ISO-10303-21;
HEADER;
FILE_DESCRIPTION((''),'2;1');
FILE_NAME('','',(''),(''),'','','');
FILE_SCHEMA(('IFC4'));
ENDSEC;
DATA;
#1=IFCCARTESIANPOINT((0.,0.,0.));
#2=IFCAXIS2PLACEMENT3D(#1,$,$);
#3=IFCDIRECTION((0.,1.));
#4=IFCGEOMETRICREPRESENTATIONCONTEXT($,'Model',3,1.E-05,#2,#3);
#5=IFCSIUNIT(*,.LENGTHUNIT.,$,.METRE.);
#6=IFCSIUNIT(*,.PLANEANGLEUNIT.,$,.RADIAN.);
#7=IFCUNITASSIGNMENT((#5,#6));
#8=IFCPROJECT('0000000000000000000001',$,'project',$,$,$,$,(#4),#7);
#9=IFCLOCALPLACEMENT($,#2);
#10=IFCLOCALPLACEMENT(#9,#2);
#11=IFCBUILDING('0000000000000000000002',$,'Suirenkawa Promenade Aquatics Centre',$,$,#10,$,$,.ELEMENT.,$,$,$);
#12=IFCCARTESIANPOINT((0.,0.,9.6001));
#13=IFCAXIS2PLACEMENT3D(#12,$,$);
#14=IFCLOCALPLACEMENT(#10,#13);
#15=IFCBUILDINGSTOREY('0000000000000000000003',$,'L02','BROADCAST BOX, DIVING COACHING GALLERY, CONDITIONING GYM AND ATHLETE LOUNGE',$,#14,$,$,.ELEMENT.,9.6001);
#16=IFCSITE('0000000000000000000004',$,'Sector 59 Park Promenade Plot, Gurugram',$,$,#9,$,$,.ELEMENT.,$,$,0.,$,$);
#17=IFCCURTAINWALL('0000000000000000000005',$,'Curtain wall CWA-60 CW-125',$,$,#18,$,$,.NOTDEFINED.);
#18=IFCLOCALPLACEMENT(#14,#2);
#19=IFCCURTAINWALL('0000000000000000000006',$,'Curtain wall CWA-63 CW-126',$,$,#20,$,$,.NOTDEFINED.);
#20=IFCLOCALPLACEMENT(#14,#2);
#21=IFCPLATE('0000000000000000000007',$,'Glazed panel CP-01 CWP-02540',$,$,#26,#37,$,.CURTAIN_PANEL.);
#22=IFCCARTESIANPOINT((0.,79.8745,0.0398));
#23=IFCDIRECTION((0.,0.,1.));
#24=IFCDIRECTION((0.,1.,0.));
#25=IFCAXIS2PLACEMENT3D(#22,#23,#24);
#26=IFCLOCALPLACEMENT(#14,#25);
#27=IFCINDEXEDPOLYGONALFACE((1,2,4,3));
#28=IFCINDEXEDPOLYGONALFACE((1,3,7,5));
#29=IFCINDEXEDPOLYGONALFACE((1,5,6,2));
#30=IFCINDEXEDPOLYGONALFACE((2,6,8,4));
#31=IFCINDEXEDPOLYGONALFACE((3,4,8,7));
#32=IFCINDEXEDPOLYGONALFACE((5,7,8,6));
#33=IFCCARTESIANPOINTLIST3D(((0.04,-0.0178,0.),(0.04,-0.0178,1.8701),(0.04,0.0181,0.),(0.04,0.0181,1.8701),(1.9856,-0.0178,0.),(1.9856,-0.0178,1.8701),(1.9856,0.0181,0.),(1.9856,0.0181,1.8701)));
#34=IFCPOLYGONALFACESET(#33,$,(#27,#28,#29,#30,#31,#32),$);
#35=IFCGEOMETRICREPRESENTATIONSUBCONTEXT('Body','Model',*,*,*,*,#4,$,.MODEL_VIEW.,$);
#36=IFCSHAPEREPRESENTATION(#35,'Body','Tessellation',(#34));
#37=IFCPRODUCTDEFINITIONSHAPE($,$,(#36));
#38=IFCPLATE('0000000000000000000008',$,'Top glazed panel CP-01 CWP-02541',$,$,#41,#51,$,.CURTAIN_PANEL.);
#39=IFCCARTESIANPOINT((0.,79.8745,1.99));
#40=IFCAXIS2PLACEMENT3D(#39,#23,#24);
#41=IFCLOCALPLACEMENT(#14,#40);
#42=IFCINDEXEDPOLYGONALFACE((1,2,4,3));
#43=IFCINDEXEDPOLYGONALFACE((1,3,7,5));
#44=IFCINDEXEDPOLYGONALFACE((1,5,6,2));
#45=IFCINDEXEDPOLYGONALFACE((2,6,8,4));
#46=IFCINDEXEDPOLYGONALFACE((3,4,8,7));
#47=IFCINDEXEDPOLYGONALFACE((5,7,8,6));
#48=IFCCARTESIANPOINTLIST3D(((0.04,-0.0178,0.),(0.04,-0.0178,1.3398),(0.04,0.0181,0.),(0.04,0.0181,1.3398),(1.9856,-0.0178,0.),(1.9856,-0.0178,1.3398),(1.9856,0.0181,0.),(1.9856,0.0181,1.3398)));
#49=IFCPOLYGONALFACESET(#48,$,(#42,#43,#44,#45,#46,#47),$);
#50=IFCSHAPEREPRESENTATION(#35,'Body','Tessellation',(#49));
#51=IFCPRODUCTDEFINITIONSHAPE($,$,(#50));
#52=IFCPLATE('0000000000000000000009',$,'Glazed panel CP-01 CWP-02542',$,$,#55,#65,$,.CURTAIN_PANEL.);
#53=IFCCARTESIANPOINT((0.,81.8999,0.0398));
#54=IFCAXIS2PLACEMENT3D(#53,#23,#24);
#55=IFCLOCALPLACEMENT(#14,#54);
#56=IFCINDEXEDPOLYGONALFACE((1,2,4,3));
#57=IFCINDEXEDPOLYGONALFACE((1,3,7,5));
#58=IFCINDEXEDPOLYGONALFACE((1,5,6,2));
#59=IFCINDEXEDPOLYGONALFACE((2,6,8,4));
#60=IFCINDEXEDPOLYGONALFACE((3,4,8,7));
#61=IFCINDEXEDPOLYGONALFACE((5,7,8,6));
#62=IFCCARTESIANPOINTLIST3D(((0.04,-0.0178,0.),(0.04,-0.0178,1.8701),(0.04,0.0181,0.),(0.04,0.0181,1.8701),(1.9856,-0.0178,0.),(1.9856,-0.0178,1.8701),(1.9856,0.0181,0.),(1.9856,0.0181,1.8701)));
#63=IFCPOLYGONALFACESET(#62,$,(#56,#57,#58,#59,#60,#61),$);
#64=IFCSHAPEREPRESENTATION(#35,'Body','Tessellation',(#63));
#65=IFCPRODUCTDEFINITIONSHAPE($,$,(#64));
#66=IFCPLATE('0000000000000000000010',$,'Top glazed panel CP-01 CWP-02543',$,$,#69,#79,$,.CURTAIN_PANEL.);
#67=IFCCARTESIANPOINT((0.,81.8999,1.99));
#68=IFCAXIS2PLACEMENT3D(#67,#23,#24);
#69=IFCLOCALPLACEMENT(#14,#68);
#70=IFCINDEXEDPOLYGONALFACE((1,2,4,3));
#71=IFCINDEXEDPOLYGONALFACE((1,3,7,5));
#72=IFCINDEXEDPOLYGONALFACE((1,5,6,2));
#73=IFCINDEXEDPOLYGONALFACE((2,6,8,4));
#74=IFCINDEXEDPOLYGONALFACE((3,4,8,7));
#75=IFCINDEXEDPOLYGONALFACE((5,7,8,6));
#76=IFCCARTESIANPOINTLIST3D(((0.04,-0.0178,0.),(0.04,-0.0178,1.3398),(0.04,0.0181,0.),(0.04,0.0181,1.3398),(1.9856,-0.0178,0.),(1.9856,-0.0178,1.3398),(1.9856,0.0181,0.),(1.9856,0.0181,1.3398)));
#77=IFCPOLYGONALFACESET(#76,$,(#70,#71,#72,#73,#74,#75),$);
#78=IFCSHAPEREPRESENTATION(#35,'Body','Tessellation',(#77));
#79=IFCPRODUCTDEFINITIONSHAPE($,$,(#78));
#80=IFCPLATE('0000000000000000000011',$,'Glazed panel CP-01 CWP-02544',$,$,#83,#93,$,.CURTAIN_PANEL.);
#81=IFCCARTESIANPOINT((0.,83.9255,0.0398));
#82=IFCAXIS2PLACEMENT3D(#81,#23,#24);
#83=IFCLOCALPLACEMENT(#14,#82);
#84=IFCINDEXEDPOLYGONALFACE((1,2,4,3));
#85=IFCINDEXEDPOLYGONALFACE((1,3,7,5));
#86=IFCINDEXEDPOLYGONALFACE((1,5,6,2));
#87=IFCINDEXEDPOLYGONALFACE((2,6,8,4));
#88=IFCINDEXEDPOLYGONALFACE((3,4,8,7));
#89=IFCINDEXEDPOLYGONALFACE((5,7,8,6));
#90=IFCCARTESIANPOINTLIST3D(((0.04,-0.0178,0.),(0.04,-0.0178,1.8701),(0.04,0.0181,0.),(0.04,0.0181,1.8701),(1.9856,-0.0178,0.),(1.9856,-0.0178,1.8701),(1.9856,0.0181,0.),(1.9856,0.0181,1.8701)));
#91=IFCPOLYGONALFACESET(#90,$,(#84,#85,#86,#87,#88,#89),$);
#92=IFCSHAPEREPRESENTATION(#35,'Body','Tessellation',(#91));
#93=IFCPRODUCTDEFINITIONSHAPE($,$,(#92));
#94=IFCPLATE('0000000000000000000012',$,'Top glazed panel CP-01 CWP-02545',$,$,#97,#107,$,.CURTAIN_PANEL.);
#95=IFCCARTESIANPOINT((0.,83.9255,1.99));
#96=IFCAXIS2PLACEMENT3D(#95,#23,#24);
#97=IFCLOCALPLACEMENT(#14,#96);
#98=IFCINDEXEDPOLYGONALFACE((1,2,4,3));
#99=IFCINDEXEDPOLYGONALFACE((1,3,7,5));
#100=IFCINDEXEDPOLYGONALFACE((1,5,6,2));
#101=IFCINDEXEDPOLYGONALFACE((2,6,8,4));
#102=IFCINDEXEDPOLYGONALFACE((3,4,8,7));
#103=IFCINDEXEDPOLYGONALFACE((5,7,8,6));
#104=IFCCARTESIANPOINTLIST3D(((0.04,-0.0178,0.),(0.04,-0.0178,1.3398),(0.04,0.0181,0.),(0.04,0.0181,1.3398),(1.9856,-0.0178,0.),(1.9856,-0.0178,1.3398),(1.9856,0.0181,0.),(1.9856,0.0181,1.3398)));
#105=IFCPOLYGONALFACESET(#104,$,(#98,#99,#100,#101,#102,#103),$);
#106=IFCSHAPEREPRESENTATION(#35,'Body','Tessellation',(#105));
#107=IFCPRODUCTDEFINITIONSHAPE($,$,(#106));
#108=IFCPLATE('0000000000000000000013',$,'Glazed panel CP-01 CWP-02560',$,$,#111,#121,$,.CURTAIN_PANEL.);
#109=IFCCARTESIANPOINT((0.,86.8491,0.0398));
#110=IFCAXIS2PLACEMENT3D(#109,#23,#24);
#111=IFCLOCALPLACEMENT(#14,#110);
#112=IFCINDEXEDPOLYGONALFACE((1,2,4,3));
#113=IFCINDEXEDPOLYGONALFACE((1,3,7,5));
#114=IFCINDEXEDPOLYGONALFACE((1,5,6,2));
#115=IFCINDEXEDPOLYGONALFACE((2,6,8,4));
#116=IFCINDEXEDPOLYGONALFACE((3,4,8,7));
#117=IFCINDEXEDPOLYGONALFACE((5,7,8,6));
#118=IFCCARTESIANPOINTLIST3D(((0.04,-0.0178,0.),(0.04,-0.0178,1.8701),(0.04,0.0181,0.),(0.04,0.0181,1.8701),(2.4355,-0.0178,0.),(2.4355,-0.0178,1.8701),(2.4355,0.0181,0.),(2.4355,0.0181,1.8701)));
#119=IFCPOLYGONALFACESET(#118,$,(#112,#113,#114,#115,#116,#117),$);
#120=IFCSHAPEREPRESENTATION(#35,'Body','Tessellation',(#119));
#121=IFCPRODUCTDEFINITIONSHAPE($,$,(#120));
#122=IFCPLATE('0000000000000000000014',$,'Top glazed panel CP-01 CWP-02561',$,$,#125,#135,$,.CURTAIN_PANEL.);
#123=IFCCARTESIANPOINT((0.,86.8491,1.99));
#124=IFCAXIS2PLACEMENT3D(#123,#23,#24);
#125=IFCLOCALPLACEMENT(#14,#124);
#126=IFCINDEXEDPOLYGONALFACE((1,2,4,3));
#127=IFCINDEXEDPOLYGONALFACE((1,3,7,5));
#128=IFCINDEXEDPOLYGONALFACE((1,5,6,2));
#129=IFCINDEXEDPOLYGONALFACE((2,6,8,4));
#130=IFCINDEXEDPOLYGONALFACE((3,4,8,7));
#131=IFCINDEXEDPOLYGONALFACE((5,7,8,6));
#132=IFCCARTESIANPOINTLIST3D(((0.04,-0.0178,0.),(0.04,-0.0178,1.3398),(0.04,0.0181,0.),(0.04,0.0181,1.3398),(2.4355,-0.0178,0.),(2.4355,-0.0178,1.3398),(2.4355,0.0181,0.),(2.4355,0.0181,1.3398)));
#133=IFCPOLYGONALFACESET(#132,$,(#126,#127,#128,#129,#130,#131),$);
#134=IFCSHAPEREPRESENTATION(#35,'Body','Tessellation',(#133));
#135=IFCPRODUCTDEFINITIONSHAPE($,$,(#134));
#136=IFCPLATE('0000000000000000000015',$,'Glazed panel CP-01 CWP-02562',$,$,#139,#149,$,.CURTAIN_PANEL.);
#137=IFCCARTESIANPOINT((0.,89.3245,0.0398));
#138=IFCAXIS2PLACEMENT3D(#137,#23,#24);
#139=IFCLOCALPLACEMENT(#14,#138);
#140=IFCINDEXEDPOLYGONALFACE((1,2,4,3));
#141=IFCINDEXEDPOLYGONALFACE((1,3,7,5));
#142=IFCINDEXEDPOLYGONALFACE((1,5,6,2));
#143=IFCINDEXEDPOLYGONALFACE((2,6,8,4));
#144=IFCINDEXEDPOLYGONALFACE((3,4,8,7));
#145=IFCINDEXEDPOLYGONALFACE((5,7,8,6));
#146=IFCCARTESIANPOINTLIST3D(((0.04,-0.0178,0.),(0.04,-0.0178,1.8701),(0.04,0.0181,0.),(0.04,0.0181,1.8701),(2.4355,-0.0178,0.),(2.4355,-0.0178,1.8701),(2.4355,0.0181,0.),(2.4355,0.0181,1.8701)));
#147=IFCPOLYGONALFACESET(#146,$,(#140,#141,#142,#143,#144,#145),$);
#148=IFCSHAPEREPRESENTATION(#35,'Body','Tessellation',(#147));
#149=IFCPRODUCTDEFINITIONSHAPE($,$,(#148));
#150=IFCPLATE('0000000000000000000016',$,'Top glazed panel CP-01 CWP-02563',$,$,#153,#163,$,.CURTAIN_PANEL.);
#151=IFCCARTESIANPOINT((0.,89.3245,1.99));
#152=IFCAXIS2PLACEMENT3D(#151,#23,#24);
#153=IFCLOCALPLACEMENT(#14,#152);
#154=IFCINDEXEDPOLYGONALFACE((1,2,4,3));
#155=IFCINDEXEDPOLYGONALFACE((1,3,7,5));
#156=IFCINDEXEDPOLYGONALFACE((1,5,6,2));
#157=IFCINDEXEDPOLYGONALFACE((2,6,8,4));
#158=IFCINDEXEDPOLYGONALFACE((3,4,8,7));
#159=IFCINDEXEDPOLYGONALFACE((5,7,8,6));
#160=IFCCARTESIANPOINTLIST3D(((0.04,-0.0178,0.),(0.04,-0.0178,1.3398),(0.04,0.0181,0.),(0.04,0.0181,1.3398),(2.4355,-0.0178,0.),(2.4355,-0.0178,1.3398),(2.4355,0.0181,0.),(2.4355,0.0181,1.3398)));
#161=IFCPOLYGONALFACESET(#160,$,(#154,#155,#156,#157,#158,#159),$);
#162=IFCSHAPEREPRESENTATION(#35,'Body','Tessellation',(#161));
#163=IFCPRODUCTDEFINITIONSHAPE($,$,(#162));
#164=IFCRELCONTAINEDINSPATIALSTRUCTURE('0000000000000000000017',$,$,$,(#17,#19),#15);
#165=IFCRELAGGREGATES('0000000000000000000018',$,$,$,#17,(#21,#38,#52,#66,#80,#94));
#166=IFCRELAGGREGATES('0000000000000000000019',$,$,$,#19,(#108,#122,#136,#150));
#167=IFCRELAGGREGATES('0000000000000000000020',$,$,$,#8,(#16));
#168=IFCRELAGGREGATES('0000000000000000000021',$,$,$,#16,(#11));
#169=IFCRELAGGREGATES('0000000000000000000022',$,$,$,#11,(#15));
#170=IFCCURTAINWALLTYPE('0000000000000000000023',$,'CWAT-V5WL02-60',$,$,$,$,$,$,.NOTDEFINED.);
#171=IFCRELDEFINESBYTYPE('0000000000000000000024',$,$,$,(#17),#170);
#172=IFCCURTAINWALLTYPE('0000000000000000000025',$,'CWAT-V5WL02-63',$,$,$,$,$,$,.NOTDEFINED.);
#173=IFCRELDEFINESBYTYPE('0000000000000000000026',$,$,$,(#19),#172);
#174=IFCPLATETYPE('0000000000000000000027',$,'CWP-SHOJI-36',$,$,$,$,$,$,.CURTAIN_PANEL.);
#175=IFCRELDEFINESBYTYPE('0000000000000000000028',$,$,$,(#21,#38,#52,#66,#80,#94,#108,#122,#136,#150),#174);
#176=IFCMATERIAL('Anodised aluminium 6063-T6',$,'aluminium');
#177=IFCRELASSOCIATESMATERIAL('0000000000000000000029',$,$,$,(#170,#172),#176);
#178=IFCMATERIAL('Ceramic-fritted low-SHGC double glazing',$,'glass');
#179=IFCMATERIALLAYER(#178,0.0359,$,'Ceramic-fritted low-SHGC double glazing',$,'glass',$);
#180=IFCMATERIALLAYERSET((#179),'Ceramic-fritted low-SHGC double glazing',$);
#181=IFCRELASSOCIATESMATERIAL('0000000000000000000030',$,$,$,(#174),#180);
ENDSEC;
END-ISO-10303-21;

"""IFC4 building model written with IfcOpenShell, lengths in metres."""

from ifc_helpers import new_model, si_unit, direction, frame, origin, place, context, subcontext, project, spatial, polyline, outline, extrude, material, layer, layer_set, type_object, element, aggregate, save


model = new_model("IFC4")

# Units and contexts
model_context = context("Model", 3, precision=1e-05, world=origin(), true_north=direction((0.0, 1.0)))
body_context = subcontext(model_context, "Body", "Model", "MODEL_VIEW")
ifc_project = project(units=[si_unit("LENGTHUNIT", "METRE"), si_unit("PLANEANGLEUNIT", "RADIAN")], contexts=[model_context])

# Site, building, storey
site_placement = place(None, origin())
site = spatial("IfcSite", under=ifc_project, at=site_placement, Name="Sector 59 Park Promenade Plot, Gurugram", CompositionType="ELEMENT", RefElevation=0.0)
building_placement = place(site_placement, origin())
building = spatial("IfcBuilding", under=site, at=building_placement, Name="Suirenkawa Promenade Aquatics Centre", CompositionType="ELEMENT")
storey_placement = place(building_placement, frame((0.0, 0.0, 9.6001)))
storey = spatial("IfcBuildingStorey", under=building, at=storey_placement, Name="L02", Description="BROADCAST BOX, DIVING COACHING GALLERY, CONDITIONING GYM AND ATHLETE LOUNGE", CompositionType="ELEMENT", Elevation=9.6001)

# Curtain walls
ifc_material_1 = material(Name="Anodised aluminium 6063-T6", Category="aluminium")
curtain_wall_type_1 = type_object("IfcCurtainWallType", Name="CWAT-V5WL02-60", PredefinedType="NOTDEFINED", material=ifc_material_1)
curtain_wall_1_placement = place(storey_placement, origin())
curtain_wall_1 = element("IfcCurtainWall", 1, at=curtain_wall_1_placement, inside=storey, type_object=curtain_wall_type_1, Name="Curtain wall CWA-60 CW-125", PredefinedType="NOTDEFINED")
curtain_wall_type_2 = type_object("IfcCurtainWallType", Name="CWAT-V5WL02-63", PredefinedType="NOTDEFINED", material=ifc_material_1)
curtain_wall_2_placement = place(storey_placement, origin())
curtain_wall_2 = element("IfcCurtainWall", 2, at=curtain_wall_2_placement, inside=storey, type_object=curtain_wall_type_2, Name="Curtain wall CWA-63 CW-126", PredefinedType="NOTDEFINED")

# Plates
ifc_material_2 = material(Name="Ceramic-fritted low-SHGC double glazing", Category="glass")
ifc_layer = layer(ifc_material_2, 0.0359, Name="Ceramic-fritted low-SHGC double glazing", Category="glass")
ifc_layer_set = layer_set([ifc_layer], Name="Ceramic-fritted low-SHGC double glazing")
plate_type = type_object("IfcPlateType", Name="CWP-SHOJI-36", PredefinedType="CURTAIN_PANEL", material=ifc_layer_set)
plate_1_placement = place(storey_placement, frame((0.0, 79.8745, 0.0398), z_axis=(0.0, 0.0, 1.0), x_axis=(0.0, 1.0, 0.0)))
plate_1 = element("IfcPlate", 3, at=plate_1_placement, type_object=plate_type, Name="Glazed panel CP-01 CWP-02540", PredefinedType="CURTAIN_PANEL", context=body_context, shape_type="SweptSolid", body=[
    extrude(outline(polyline([(0.04, 0.0), (1.9856, 0.0), (1.9856, 1.8701), (0.04, 1.8701), (0.04, 0.0)])), frame((0.0, 0.0181, 0.0), z_axis=(0.0, -1.0, 0.0), x_axis=(1.0, 0.0, 0.0)), (0.0, 0.0, 1.0), 0.0359),
])
plate_2_placement = place(storey_placement, frame((0.0, 79.8745, 1.99), z_axis=(0.0, 0.0, 1.0), x_axis=(0.0, 1.0, 0.0)))
plate_2 = element("IfcPlate", 4, at=plate_2_placement, type_object=plate_type, Name="Top glazed panel CP-01 CWP-02541", PredefinedType="CURTAIN_PANEL", context=body_context, shape_type="SweptSolid", body=[
    extrude(outline(polyline([(0.04, 0.0), (1.9856, 0.0), (1.9856, 1.3398), (0.04, 1.3398), (0.04, 0.0)])), frame((0.0, 0.0181, 0.0), z_axis=(0.0, -1.0, 0.0), x_axis=(1.0, 0.0, 0.0)), (0.0, 0.0, 1.0), 0.0359),
])
plate_3_placement = place(storey_placement, frame((0.0, 81.8999, 0.0398), z_axis=(0.0, 0.0, 1.0), x_axis=(0.0, 1.0, 0.0)))
plate_3 = element("IfcPlate", 5, at=plate_3_placement, type_object=plate_type, Name="Glazed panel CP-01 CWP-02542", PredefinedType="CURTAIN_PANEL", context=body_context, shape_type="SweptSolid", body=[
    extrude(outline(polyline([(0.04, 0.0), (1.9856, 0.0), (1.9856, 1.8701), (0.04, 1.8701), (0.04, 0.0)])), frame((0.0, 0.0181, 0.0), z_axis=(0.0, -1.0, 0.0), x_axis=(1.0, 0.0, 0.0)), (0.0, 0.0, 1.0), 0.0359),
])
plate_4_placement = place(storey_placement, frame((0.0, 81.8999, 1.99), z_axis=(0.0, 0.0, 1.0), x_axis=(0.0, 1.0, 0.0)))
plate_4 = element("IfcPlate", 6, at=plate_4_placement, type_object=plate_type, Name="Top glazed panel CP-01 CWP-02543", PredefinedType="CURTAIN_PANEL", context=body_context, shape_type="SweptSolid", body=[
    extrude(outline(polyline([(0.04, 0.0), (1.9856, 0.0), (1.9856, 1.3398), (0.04, 1.3398), (0.04, 0.0)])), frame((0.0, 0.0181, 0.0), z_axis=(0.0, -1.0, 0.0), x_axis=(1.0, 0.0, 0.0)), (0.0, 0.0, 1.0), 0.0359),
])
plate_5_placement = place(storey_placement, frame((0.0, 83.9255, 0.0398), z_axis=(0.0, 0.0, 1.0), x_axis=(0.0, 1.0, 0.0)))
plate_5 = element("IfcPlate", 7, at=plate_5_placement, type_object=plate_type, Name="Glazed panel CP-01 CWP-02544", PredefinedType="CURTAIN_PANEL", context=body_context, shape_type="SweptSolid", body=[
    extrude(outline(polyline([(0.04, 0.0), (1.9856, 0.0), (1.9856, 1.8701), (0.04, 1.8701), (0.04, 0.0)])), frame((0.0, 0.0181, 0.0), z_axis=(0.0, -1.0, 0.0), x_axis=(1.0, 0.0, 0.0)), (0.0, 0.0, 1.0), 0.0359),
])
plate_6_placement = place(storey_placement, frame((0.0, 83.9255, 1.99), z_axis=(0.0, 0.0, 1.0), x_axis=(0.0, 1.0, 0.0)))
plate_6 = element("IfcPlate", 8, at=plate_6_placement, type_object=plate_type, Name="Top glazed panel CP-01 CWP-02545", PredefinedType="CURTAIN_PANEL", context=body_context, shape_type="SweptSolid", body=[
    extrude(outline(polyline([(0.04, 0.0), (1.9856, 0.0), (1.9856, 1.3398), (0.04, 1.3398), (0.04, 0.0)])), frame((0.0, 0.0181, 0.0), z_axis=(0.0, -1.0, 0.0), x_axis=(1.0, 0.0, 0.0)), (0.0, 0.0, 1.0), 0.0359),
])
aggregate(curtain_wall_1, [plate_1, plate_2, plate_3, plate_4, plate_5, plate_6])
plate_7_placement = place(storey_placement, frame((0.0, 86.8491, 0.0398), z_axis=(0.0, 0.0, 1.0), x_axis=(0.0, 1.0, 0.0)))
plate_7 = element("IfcPlate", 9, at=plate_7_placement, type_object=plate_type, Name="Glazed panel CP-01 CWP-02560", PredefinedType="CURTAIN_PANEL", context=body_context, shape_type="SweptSolid", body=[
    extrude(outline(polyline([(0.04, 0.0), (2.4355, 0.0), (2.4355, 1.8701), (0.04, 1.8701), (0.04, 0.0)])), frame((0.0, 0.0181, 0.0), z_axis=(0.0, -1.0, 0.0), x_axis=(1.0, 0.0, 0.0)), (0.0, 0.0, 1.0), 0.0359),
])
plate_8_placement = place(storey_placement, frame((0.0, 86.8491, 1.99), z_axis=(0.0, 0.0, 1.0), x_axis=(0.0, 1.0, 0.0)))
plate_8 = element("IfcPlate", 10, at=plate_8_placement, type_object=plate_type, Name="Top glazed panel CP-01 CWP-02561", PredefinedType="CURTAIN_PANEL", context=body_context, shape_type="SweptSolid", body=[
    extrude(outline(polyline([(0.04, 0.0), (2.4355, 0.0), (2.4355, 1.3398), (0.04, 1.3398), (0.04, 0.0)])), frame((0.0, 0.0181, 0.0), z_axis=(0.0, -1.0, 0.0), x_axis=(1.0, 0.0, 0.0)), (0.0, 0.0, 1.0), 0.0359),
])
plate_9_placement = place(storey_placement, frame((0.0, 89.3245, 0.0398), z_axis=(0.0, 0.0, 1.0), x_axis=(0.0, 1.0, 0.0)))
plate_9 = element("IfcPlate", 11, at=plate_9_placement, type_object=plate_type, Name="Glazed panel CP-01 CWP-02562", PredefinedType="CURTAIN_PANEL", context=body_context, shape_type="SweptSolid", body=[
    extrude(outline(polyline([(0.04, 0.0), (2.4355, 0.0), (2.4355, 1.8701), (0.04, 1.8701), (0.04, 0.0)])), frame((0.0, 0.0181, 0.0), z_axis=(0.0, -1.0, 0.0), x_axis=(1.0, 0.0, 0.0)), (0.0, 0.0, 1.0), 0.0359),
])
plate_10_placement = place(storey_placement, frame((0.0, 89.3245, 1.99), z_axis=(0.0, 0.0, 1.0), x_axis=(0.0, 1.0, 0.0)))
plate_10 = element("IfcPlate", 12, at=plate_10_placement, type_object=plate_type, Name="Top glazed panel CP-01 CWP-02563", PredefinedType="CURTAIN_PANEL", context=body_context, shape_type="SweptSolid", body=[
    extrude(outline(polyline([(0.04, 0.0), (2.4355, 0.0), (2.4355, 1.3398), (0.04, 1.3398), (0.04, 0.0)])), frame((0.0, 0.0181, 0.0), z_axis=(0.0, -1.0, 0.0), x_axis=(1.0, 0.0, 0.0)), (0.0, 0.0, 1.0), 0.0359),
])
aggregate(curtain_wall_2, [plate_7, plate_8, plate_9, plate_10])

save(model, "model.ifc")
